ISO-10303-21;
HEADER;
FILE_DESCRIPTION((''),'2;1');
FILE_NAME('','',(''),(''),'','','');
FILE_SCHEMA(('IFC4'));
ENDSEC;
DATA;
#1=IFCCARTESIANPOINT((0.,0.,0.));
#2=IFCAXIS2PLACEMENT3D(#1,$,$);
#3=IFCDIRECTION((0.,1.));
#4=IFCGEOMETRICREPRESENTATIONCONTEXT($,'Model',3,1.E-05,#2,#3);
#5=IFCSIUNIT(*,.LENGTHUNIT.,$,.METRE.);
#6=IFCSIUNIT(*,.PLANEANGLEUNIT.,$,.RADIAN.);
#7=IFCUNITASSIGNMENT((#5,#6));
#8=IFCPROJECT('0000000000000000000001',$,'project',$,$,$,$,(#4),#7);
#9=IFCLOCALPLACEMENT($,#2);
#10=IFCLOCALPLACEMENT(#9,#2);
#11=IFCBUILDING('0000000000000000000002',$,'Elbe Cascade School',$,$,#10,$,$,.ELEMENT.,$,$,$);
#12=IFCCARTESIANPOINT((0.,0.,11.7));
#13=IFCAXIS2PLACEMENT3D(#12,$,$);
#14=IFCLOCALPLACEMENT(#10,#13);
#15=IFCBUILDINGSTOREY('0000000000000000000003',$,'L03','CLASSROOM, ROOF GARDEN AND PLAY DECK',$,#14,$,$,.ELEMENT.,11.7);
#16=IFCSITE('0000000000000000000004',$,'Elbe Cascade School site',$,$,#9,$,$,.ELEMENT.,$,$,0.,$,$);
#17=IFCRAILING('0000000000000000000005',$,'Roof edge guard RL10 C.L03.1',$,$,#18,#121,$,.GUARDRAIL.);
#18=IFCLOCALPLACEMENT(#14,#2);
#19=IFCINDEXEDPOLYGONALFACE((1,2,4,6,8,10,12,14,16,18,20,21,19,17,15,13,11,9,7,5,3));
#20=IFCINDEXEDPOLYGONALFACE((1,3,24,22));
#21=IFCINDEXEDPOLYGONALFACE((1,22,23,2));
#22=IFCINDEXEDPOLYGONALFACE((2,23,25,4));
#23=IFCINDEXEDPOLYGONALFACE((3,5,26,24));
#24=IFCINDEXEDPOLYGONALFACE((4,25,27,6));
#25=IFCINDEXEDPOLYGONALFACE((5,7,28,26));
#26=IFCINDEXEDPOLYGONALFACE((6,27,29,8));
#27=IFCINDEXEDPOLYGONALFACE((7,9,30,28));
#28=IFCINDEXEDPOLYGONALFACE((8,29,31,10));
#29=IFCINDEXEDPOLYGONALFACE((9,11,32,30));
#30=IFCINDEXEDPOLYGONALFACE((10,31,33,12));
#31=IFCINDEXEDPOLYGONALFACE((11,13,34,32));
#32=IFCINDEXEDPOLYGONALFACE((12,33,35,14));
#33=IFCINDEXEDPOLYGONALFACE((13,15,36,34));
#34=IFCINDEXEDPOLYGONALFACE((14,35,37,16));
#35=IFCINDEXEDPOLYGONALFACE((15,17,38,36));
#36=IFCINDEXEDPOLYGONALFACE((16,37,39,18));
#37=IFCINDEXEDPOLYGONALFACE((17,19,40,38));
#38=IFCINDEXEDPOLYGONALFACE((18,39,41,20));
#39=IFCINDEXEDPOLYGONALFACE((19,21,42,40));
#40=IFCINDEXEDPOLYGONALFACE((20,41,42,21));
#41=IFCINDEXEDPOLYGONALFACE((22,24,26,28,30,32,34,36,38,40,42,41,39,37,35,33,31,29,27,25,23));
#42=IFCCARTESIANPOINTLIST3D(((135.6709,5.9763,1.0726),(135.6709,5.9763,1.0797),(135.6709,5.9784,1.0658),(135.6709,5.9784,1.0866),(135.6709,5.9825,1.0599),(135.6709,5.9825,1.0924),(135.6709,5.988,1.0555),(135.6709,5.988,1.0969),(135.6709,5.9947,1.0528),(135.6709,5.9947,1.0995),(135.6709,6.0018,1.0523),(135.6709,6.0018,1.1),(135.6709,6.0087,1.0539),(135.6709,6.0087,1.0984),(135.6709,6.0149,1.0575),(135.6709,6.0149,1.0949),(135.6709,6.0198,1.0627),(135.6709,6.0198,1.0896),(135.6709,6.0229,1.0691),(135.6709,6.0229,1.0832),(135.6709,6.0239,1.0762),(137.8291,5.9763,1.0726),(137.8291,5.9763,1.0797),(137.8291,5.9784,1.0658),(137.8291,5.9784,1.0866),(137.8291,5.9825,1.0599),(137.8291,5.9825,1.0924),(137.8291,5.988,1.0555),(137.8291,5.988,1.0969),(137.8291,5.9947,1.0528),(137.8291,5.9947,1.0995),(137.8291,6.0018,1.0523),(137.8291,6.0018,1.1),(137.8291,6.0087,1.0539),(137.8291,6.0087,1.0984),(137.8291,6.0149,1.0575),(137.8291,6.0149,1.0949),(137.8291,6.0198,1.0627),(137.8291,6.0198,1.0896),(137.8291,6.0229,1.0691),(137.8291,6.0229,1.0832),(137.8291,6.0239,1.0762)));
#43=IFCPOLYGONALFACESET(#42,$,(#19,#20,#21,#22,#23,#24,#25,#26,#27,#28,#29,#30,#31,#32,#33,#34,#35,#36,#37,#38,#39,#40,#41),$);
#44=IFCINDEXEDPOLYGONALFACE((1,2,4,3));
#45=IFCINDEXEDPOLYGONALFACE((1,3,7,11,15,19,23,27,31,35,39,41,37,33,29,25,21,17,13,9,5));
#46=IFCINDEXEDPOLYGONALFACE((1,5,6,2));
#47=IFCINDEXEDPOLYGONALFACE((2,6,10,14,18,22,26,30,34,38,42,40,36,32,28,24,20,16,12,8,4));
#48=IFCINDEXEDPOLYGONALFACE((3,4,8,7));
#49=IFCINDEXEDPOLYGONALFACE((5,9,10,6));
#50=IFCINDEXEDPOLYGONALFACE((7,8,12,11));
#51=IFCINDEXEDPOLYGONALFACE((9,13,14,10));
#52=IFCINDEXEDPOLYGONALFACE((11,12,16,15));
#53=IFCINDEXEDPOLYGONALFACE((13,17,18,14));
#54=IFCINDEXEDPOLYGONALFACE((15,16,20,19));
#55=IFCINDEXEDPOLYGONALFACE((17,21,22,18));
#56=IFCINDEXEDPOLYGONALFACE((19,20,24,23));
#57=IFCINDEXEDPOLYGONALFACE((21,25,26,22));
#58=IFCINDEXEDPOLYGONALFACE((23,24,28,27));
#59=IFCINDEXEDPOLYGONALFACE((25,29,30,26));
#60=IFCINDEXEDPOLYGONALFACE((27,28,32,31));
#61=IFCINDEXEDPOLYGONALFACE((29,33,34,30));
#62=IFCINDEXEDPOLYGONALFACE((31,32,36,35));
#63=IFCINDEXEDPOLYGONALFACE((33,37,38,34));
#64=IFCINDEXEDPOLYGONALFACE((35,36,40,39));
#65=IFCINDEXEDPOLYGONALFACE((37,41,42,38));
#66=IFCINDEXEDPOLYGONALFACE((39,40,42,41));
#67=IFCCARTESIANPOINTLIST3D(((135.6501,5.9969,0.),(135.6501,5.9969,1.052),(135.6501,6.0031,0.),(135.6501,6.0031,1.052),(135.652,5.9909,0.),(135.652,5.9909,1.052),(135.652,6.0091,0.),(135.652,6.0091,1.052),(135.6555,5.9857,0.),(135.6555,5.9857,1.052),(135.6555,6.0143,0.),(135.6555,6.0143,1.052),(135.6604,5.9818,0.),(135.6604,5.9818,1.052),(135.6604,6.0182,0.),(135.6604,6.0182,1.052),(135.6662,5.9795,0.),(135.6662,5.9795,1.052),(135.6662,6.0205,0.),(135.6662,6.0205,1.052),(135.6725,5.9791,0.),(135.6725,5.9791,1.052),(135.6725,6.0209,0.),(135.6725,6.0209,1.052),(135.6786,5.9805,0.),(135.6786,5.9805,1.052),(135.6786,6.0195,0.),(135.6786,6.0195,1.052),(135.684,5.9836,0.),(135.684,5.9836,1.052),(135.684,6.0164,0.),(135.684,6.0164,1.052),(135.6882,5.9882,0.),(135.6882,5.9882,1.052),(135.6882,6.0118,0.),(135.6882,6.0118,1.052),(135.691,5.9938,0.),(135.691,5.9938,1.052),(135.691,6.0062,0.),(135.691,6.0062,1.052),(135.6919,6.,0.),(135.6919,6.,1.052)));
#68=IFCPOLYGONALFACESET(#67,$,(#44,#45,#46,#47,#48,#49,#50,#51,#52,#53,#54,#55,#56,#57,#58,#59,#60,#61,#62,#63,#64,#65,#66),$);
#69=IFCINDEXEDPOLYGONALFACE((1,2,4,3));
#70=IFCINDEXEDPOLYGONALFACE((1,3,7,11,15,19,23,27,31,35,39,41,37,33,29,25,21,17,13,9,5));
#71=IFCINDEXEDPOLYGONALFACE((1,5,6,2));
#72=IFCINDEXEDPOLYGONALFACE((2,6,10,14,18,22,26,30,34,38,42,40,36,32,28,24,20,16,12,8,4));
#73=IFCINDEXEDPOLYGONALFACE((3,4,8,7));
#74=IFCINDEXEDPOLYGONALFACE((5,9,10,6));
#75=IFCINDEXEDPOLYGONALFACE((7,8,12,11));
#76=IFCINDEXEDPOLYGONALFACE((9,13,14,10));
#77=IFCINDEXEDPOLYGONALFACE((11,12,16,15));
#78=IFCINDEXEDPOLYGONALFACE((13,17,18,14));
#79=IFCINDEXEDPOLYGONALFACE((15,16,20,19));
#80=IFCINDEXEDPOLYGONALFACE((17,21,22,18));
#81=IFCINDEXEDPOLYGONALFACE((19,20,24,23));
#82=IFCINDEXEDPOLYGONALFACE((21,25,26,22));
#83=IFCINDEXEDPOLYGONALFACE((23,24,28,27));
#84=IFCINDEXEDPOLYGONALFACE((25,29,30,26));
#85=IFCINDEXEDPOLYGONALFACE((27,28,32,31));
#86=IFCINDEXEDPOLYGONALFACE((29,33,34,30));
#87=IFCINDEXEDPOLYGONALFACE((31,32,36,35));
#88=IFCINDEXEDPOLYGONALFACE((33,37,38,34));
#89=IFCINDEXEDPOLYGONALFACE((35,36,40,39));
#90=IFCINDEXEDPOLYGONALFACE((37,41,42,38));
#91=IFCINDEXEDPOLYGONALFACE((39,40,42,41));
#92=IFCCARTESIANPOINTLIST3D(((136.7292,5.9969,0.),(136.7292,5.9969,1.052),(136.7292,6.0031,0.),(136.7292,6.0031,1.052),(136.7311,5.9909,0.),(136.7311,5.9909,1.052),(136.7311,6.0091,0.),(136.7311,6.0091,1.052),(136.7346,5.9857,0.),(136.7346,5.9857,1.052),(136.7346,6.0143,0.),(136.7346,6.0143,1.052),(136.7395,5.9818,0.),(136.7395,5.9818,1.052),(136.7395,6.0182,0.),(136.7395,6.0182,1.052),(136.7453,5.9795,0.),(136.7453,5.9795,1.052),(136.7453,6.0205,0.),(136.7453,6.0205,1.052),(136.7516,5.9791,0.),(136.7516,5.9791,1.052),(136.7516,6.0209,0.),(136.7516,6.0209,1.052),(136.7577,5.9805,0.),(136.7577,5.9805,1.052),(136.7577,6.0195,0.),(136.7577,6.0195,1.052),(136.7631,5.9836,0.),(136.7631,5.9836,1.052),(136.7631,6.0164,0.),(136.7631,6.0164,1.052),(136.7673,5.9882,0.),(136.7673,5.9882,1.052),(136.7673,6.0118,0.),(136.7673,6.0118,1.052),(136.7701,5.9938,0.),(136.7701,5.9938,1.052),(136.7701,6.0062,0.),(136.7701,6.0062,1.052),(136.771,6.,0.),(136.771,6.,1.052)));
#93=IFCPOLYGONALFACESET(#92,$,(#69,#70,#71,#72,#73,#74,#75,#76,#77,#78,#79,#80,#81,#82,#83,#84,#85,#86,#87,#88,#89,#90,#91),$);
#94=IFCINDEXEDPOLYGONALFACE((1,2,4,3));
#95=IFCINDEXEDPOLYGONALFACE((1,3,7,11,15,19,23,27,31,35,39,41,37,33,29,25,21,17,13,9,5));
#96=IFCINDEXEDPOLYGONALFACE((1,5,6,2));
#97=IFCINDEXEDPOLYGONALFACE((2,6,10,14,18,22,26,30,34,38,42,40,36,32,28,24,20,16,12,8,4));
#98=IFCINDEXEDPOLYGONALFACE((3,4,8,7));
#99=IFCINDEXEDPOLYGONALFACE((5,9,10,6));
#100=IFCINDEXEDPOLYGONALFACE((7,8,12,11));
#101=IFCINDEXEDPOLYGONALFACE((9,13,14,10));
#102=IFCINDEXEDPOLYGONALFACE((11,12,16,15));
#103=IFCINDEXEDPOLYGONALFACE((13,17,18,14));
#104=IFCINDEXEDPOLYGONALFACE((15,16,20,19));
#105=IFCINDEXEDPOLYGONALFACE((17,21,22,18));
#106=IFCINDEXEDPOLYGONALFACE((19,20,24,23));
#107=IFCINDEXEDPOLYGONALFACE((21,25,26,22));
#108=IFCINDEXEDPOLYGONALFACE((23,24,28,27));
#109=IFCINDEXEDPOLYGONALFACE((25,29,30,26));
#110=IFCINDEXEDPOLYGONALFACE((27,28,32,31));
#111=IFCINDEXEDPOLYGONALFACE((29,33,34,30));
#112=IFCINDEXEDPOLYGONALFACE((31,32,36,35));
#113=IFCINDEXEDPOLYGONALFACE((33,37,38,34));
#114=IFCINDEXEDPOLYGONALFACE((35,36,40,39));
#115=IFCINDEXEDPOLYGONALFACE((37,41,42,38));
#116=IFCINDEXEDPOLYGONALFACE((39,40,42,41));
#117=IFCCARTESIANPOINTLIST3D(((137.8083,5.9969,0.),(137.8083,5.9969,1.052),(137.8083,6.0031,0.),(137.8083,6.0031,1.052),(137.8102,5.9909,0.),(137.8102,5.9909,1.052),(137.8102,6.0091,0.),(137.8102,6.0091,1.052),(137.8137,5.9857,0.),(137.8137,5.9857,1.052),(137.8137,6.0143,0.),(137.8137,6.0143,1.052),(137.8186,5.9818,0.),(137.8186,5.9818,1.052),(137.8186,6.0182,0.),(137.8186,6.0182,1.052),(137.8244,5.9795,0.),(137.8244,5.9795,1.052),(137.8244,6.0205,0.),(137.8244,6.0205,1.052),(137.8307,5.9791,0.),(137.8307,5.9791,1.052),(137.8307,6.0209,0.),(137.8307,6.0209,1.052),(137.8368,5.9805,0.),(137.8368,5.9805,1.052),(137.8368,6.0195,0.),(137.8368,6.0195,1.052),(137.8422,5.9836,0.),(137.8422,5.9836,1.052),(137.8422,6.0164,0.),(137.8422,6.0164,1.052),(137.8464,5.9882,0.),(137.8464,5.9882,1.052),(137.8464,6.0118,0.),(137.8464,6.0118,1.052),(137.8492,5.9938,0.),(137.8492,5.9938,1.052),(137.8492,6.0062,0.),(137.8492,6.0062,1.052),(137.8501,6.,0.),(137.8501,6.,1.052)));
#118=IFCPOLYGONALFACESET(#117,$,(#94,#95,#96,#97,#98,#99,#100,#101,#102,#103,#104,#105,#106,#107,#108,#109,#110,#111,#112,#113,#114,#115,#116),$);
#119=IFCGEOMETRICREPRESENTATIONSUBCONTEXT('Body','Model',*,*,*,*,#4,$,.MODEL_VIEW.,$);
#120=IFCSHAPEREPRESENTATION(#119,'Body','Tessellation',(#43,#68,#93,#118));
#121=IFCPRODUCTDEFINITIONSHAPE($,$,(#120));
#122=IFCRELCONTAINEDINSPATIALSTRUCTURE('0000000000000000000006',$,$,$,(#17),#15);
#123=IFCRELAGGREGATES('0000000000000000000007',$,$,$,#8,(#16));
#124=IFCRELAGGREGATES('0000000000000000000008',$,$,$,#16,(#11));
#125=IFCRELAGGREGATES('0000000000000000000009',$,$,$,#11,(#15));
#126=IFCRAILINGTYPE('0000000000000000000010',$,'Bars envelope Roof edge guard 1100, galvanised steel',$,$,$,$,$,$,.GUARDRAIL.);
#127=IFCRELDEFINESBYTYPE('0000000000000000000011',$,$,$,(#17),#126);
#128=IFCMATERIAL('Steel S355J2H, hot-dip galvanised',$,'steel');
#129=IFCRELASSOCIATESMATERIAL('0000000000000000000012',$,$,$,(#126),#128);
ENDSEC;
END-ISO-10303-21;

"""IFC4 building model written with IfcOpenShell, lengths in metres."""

from ifc_helpers import new_model, si_unit, direction, frame, origin, origin_2d, place, context, subcontext, project, spatial, circle, extrude, material, type_object, element, save


model = new_model("IFC4")

# Units and contexts
model_context = context("Model", 3, precision=1e-05, world=origin(), true_north=direction((0.0, 1.0)))
body_context = subcontext(model_context, "Body", "Model", "MODEL_VIEW")
ifc_project = project(units=[si_unit("LENGTHUNIT", "METRE"), si_unit("PLANEANGLEUNIT", "RADIAN")], contexts=[model_context])

# Site, building, storey
site_placement = place(None, origin())
site = spatial("IfcSite", under=ifc_project, at=site_placement, Name="Elbe Cascade School site", CompositionType="ELEMENT", RefElevation=0.0)
building_placement = place(site_placement, origin())
building = spatial("IfcBuilding", under=site, at=building_placement, Name="Elbe Cascade School", CompositionType="ELEMENT")
storey_placement = place(building_placement, frame((0.0, 0.0, 11.7)))
storey = spatial("IfcBuildingStorey", under=building, at=storey_placement, Name="L03", Description="CLASSROOM, ROOF GARDEN AND PLAY DECK", CompositionType="ELEMENT", Elevation=11.7)

# Railing
ifc_material_1 = material(Name="Steel S355J2H, hot-dip galvanised", Category="steel")
railing_type_1 = type_object("IfcRailingType", Name="Bars envelope Roof edge guard 1100, galvanised steel", PredefinedType="GUARDRAIL", material=ifc_material_1)
railing_1_placement = place(storey_placement, frame((135.6709, 6.0, 0.0)))
element("IfcRailing", 1, at=railing_1_placement, inside=storey, type_object=railing_type_1, Name="Roof edge guard RL10 C.L03.1", PredefinedType="GUARDRAIL", context=body_context, shape_type="SweptSolid", body=[
    extrude(circle(Radius=0.0239, at=origin_2d()), frame((0.0, 0.0, 1.0762), z_axis=(1.0, 0.0, 0.0), x_axis=(0.0, 1.0, 0.0)), (0.0, 0.0, 1.0), 2.1582),
    extrude(circle(Radius=0.021, at=origin_2d()), origin(), (0.0, 0.0, 1.0), 1.052),
    extrude(circle(Radius=0.021, at=origin_2d()), frame((1.0791, 0.0, 0.0)), (0.0, 0.0, 1.0), 1.052),
    extrude(circle(Radius=0.021, at=origin_2d()), frame((2.1582, 0.0, 0.0)), (0.0, 0.0, 1.0), 1.052),
])

save(model, "model.ifc")
